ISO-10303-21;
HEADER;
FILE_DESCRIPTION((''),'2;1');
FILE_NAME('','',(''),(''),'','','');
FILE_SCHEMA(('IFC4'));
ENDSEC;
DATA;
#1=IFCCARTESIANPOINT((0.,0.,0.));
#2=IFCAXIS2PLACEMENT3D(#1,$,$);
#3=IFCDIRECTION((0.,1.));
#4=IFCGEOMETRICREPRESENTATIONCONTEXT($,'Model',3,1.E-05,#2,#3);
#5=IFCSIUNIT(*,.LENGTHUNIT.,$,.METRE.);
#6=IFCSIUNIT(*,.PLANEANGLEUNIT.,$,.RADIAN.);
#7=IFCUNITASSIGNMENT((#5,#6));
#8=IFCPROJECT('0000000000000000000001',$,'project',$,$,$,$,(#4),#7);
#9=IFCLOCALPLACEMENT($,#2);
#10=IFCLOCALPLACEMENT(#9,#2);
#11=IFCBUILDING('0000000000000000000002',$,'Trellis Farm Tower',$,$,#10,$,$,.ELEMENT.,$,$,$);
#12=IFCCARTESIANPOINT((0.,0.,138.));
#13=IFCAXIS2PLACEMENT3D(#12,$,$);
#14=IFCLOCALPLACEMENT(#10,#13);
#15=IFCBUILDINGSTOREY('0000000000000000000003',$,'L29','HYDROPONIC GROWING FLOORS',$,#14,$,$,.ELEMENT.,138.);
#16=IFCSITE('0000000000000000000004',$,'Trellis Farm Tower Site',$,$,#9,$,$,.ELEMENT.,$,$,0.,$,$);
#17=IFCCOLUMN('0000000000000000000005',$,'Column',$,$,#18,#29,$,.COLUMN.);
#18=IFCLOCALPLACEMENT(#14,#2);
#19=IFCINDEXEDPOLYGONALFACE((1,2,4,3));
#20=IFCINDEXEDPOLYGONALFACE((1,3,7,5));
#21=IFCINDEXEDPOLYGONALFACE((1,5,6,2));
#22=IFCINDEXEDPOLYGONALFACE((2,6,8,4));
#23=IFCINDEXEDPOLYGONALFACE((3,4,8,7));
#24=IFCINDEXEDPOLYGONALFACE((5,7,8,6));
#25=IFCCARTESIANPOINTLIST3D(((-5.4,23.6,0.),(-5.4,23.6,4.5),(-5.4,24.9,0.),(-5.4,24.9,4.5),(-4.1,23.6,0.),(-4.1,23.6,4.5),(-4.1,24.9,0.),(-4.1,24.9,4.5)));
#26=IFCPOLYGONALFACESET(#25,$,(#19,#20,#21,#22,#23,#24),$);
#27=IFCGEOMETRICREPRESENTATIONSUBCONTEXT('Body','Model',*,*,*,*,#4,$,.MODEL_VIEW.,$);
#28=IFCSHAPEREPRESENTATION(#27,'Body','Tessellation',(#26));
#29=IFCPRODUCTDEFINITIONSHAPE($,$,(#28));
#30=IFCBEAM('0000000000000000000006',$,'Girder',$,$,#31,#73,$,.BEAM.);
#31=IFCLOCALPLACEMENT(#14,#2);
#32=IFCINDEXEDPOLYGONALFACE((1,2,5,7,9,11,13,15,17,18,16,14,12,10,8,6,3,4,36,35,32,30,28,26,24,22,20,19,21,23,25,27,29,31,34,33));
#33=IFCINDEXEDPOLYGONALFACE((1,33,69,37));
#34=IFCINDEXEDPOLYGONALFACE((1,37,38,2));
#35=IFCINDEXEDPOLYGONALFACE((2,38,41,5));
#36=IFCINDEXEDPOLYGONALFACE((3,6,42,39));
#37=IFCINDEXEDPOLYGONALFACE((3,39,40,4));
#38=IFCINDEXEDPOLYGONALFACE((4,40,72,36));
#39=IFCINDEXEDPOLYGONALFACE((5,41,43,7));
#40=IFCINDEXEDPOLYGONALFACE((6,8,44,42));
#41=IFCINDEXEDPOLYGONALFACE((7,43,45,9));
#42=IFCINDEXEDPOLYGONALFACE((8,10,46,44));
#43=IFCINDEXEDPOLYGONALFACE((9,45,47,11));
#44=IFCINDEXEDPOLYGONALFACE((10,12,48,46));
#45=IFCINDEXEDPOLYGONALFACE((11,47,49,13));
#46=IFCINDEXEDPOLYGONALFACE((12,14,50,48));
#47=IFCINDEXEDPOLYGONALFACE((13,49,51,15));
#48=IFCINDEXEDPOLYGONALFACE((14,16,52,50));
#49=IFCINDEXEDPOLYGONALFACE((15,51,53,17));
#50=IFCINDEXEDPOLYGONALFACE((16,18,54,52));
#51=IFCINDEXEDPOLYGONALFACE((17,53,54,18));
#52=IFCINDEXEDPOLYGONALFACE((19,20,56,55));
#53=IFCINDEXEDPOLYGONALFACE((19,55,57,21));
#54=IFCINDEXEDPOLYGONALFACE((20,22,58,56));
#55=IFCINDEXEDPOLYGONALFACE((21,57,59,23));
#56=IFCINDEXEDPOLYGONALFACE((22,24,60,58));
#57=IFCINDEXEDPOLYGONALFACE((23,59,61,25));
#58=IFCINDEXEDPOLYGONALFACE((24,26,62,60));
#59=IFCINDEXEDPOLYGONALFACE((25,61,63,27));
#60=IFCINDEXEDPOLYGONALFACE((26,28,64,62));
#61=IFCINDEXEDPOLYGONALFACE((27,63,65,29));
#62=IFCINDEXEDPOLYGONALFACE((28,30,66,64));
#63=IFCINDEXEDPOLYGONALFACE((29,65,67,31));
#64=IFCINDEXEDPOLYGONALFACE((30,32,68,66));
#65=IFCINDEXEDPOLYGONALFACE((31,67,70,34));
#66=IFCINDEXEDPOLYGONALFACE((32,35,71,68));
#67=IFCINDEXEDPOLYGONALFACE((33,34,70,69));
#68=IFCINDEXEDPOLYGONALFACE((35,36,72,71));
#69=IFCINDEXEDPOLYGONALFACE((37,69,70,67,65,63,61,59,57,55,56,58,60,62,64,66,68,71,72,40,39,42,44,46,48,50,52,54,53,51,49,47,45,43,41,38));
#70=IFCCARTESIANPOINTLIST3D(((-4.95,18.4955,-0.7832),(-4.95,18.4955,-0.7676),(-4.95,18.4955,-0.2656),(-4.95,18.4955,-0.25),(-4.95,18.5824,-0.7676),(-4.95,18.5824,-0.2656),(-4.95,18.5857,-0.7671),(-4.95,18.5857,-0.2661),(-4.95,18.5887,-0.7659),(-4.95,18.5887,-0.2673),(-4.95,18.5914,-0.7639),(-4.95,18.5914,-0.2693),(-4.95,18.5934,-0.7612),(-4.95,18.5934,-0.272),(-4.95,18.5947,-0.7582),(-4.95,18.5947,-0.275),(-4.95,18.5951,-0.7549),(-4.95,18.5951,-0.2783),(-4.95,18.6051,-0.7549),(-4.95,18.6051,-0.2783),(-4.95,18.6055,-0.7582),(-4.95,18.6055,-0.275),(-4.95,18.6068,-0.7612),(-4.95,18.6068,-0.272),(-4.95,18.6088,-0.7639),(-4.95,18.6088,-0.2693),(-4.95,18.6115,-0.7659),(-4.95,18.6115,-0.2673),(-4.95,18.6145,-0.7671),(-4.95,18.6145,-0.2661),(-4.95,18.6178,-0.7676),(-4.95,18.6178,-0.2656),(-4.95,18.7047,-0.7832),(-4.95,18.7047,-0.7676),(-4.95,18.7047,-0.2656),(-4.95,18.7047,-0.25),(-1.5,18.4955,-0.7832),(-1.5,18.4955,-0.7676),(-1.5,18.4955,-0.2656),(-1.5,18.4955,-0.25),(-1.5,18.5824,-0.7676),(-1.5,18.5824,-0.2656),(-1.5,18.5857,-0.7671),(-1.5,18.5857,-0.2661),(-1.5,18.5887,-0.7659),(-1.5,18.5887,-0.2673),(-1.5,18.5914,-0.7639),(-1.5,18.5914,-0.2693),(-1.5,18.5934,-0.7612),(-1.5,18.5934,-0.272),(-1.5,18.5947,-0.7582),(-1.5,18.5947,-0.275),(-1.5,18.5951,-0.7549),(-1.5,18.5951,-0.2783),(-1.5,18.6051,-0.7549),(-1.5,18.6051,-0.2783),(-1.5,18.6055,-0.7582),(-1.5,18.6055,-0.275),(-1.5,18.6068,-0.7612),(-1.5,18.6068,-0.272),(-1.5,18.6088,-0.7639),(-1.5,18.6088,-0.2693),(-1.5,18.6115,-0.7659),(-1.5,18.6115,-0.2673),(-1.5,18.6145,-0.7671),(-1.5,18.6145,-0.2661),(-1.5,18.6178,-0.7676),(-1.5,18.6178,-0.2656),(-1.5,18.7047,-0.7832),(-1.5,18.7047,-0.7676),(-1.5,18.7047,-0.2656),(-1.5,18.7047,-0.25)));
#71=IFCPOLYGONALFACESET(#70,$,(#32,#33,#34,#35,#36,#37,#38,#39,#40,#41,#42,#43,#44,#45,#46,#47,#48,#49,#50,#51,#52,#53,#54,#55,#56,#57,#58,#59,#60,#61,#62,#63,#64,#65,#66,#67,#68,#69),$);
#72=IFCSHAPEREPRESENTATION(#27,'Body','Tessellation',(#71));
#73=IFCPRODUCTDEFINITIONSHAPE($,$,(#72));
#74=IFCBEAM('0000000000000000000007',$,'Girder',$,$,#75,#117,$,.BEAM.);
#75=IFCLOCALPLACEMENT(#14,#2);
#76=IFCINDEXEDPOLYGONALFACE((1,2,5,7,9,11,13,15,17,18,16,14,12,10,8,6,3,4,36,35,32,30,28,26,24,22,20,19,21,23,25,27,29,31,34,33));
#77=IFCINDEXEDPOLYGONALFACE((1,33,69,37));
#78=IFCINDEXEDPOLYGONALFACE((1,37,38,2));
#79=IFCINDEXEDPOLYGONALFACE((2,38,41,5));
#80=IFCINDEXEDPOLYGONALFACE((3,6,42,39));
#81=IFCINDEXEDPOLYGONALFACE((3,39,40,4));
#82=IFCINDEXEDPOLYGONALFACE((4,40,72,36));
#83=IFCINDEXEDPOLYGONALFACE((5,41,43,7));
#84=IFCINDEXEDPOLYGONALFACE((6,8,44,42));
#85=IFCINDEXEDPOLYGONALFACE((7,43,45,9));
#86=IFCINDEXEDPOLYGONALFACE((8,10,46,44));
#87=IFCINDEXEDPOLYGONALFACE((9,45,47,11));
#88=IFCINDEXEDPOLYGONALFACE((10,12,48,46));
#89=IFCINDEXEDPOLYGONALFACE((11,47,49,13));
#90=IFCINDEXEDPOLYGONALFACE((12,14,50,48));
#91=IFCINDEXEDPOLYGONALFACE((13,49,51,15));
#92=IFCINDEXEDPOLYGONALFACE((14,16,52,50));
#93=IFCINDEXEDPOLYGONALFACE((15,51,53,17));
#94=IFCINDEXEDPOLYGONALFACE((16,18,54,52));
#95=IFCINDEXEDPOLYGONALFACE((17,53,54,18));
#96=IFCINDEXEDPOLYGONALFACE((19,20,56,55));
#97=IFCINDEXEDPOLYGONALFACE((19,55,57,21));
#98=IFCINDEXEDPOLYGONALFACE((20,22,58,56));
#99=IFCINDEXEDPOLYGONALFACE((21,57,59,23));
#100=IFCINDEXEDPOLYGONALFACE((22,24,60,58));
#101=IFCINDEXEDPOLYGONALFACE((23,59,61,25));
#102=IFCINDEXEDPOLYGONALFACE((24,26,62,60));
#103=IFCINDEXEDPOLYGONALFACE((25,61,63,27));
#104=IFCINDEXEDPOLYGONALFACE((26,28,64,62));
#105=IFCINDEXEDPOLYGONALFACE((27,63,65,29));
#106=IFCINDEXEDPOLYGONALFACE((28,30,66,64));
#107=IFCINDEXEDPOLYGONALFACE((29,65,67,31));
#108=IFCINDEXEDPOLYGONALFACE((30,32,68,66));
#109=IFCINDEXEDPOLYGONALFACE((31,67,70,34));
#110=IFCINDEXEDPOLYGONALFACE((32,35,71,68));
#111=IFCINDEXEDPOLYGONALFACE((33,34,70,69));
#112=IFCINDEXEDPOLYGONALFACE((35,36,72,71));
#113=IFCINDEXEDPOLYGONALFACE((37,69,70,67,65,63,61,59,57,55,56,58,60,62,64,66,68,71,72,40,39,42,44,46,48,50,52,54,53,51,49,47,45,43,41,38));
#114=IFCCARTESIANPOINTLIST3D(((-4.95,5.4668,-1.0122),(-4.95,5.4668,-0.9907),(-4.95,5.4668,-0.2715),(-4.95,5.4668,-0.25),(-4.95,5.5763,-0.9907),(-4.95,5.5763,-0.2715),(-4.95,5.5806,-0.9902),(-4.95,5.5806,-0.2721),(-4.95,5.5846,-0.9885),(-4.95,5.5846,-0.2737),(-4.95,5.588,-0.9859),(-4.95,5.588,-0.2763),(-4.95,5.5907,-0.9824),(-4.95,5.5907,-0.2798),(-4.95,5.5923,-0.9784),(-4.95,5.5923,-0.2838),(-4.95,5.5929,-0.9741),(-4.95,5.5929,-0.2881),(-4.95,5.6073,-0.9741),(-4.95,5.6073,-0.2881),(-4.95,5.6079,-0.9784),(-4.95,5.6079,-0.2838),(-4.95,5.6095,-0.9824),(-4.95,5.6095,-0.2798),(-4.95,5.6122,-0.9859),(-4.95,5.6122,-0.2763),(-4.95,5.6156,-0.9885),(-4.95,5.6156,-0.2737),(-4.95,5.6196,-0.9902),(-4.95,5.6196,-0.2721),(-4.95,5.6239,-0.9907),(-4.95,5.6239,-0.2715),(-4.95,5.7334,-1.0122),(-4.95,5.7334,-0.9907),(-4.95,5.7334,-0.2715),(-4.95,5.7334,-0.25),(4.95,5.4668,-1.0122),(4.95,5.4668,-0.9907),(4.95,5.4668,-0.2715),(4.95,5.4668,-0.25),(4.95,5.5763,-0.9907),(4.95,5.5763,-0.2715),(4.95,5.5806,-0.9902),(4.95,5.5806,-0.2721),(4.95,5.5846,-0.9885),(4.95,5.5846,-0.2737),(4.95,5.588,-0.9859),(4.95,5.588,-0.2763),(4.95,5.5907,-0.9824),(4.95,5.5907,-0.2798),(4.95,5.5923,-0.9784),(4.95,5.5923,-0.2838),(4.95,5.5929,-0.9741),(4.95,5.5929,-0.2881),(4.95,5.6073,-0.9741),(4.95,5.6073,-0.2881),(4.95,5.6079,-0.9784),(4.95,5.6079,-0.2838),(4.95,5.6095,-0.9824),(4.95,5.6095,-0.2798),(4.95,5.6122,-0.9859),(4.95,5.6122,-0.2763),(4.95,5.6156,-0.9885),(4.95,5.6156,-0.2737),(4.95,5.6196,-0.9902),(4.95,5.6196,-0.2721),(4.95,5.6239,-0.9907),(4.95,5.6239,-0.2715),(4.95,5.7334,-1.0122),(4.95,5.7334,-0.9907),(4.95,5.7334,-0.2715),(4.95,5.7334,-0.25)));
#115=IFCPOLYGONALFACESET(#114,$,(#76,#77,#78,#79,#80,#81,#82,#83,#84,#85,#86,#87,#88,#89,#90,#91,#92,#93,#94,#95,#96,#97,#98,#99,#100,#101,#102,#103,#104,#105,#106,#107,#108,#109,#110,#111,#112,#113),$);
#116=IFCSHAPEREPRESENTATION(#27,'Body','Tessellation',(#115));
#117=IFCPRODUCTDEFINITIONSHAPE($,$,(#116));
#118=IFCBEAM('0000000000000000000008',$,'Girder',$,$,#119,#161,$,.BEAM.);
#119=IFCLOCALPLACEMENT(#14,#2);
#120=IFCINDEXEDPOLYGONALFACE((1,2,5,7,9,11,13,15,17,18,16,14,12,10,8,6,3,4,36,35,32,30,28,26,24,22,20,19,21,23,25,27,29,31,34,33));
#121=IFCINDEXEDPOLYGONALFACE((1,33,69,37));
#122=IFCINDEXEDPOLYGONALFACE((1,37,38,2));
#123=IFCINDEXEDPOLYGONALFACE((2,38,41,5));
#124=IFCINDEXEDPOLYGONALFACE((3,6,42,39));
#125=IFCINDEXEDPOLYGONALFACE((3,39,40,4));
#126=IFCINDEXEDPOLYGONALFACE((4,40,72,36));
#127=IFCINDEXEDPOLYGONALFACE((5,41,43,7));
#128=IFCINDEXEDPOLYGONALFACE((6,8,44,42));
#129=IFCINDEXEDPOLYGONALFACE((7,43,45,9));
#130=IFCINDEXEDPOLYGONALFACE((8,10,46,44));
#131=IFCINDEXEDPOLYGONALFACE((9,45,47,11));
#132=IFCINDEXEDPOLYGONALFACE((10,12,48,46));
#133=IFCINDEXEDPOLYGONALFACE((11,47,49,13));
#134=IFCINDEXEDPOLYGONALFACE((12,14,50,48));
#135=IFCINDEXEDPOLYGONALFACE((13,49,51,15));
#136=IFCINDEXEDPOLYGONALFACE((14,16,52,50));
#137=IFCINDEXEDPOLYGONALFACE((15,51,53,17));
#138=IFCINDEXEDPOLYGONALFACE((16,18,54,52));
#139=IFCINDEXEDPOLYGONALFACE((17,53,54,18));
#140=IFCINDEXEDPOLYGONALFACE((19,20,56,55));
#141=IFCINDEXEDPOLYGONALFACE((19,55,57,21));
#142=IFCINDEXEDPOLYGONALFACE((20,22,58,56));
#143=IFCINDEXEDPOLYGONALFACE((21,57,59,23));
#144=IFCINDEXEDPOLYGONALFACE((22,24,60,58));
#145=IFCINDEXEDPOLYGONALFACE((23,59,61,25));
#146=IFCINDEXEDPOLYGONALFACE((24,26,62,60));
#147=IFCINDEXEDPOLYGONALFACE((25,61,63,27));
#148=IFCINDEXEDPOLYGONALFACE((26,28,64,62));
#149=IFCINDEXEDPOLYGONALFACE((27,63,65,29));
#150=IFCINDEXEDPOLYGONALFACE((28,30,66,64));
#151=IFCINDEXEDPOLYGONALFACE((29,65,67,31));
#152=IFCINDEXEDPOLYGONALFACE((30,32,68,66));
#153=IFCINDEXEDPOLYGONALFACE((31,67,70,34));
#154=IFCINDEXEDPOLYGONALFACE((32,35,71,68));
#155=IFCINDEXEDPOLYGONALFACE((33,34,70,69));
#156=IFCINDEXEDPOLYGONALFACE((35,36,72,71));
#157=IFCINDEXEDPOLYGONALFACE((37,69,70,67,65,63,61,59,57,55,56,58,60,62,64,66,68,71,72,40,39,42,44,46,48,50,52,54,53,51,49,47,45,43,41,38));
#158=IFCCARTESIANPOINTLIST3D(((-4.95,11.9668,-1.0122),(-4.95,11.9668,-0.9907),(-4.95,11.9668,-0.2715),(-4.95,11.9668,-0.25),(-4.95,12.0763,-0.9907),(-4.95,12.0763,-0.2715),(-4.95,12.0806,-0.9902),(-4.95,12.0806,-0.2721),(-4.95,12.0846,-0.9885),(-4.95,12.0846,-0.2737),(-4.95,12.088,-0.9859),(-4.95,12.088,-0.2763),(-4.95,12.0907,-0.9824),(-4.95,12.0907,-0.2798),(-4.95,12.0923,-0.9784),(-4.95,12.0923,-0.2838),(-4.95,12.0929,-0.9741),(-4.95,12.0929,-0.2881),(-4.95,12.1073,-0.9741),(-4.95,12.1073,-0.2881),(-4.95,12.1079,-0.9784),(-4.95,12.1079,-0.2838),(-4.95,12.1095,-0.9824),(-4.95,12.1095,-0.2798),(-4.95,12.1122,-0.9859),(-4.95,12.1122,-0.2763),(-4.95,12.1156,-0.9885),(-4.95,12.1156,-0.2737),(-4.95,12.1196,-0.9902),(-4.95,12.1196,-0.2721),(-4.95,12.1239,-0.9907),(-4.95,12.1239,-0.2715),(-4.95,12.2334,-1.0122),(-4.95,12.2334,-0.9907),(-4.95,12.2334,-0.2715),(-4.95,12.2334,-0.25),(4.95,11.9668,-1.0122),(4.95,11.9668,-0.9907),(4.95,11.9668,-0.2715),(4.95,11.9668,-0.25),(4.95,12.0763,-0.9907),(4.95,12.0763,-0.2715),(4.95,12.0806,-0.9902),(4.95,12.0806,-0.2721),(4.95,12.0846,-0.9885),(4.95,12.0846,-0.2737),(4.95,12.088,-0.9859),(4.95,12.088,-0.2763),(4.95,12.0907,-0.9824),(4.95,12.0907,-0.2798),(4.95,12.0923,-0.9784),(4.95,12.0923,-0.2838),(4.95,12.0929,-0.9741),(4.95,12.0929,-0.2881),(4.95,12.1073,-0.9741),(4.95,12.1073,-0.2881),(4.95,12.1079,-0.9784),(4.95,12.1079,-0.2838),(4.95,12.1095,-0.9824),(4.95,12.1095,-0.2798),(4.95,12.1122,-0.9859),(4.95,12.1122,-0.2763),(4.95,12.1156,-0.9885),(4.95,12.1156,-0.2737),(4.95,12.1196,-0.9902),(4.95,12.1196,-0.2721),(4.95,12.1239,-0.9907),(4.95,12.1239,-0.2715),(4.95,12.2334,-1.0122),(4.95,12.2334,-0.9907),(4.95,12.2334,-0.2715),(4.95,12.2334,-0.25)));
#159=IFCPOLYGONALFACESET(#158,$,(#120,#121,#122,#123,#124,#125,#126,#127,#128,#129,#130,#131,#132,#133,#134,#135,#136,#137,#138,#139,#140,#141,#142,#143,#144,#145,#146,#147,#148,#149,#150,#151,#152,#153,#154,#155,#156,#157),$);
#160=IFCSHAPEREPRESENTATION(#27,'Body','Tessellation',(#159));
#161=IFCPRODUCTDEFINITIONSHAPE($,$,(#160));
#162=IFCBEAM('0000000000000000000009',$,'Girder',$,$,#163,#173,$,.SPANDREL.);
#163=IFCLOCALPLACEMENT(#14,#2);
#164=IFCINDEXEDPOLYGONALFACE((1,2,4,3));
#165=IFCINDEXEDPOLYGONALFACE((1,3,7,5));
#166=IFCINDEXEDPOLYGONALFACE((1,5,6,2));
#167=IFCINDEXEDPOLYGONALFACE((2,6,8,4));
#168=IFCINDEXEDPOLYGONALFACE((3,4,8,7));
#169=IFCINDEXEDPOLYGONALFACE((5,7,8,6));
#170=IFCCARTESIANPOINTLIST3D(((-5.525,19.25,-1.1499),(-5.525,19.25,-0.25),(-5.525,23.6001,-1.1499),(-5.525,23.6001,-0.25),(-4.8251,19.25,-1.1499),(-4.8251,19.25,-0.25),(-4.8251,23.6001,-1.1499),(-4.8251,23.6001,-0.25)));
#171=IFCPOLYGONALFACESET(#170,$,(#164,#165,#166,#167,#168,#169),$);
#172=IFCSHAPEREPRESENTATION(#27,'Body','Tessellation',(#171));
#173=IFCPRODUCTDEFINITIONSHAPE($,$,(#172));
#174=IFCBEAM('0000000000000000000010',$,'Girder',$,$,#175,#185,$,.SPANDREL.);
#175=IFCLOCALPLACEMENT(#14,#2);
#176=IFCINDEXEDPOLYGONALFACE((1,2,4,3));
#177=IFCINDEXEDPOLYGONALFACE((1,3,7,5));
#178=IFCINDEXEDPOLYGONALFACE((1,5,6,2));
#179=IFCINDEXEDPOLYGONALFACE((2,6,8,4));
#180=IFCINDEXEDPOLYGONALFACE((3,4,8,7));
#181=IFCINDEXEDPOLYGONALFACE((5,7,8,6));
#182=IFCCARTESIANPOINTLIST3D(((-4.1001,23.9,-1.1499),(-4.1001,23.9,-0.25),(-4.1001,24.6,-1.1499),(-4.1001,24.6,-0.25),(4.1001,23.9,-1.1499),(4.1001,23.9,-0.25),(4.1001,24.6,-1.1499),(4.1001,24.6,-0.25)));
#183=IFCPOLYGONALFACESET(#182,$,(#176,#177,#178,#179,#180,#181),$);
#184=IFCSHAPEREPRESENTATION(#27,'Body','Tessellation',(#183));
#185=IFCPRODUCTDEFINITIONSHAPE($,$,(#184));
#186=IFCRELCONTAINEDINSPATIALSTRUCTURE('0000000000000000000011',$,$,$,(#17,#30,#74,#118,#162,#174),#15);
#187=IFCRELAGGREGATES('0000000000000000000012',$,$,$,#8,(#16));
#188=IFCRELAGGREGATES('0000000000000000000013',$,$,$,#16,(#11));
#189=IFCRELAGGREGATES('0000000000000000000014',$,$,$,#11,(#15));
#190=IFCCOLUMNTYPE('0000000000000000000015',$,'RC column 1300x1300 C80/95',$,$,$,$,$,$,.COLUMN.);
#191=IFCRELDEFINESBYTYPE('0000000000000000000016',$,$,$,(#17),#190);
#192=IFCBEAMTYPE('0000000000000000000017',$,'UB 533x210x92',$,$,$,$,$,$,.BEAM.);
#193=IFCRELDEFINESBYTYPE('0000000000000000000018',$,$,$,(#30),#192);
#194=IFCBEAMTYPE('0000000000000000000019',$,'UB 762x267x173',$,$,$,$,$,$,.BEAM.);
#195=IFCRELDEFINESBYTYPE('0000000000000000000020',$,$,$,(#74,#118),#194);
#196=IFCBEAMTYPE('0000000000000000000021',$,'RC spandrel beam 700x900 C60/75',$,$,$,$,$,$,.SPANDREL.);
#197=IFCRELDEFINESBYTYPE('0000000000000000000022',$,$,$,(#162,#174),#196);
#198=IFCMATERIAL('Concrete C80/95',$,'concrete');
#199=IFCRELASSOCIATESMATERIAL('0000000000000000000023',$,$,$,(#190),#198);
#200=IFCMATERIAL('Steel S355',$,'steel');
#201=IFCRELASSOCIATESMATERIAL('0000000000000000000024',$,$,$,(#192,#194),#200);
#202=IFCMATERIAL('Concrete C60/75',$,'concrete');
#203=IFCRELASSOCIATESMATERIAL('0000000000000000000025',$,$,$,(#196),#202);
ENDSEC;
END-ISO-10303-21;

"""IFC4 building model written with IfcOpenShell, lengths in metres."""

from ifc_helpers import new_model, si_unit, direction, frame, origin, origin_2d, place, context, subcontext, project, spatial, rectangle, i_section, extrude, source, transform, mapped, material, material_profile, profile_set, type_object, element, save


model = new_model("IFC4")

# Units and contexts
model_context = context("Model", 3, precision=1e-05, world=origin(), true_north=direction((0.0, 1.0)))
body_context = subcontext(model_context, "Body", "Model", "MODEL_VIEW")
ifc_project = project(units=[si_unit("LENGTHUNIT", "METRE"), si_unit("PLANEANGLEUNIT", "RADIAN")], contexts=[model_context])

# Site, building, storey
site_placement = place(None, origin())
site = spatial("IfcSite", under=ifc_project, at=site_placement, Name="Trellis Farm Tower Site", CompositionType="ELEMENT", RefElevation=0.0)
building_placement = place(site_placement, origin())
building = spatial("IfcBuilding", under=site, at=building_placement, Name="Trellis Farm Tower", CompositionType="ELEMENT")
storey_placement = place(building_placement, frame((0.0, 0.0, 138.0)))
storey = spatial("IfcBuildingStorey", under=building, at=storey_placement, Name="L29", Description="HYDROPONIC GROWING FLOORS", CompositionType="ELEMENT", Elevation=138.0)

# Column
ifc_material_1 = material(Name="Concrete C80/95", Category="concrete")
ifc_material_profile_1 = material_profile(ifc_material_1, rectangle(XDim=1.3, YDim=1.3, at=origin_2d()), Name="RC column 1300x1300 C80/95")
ifc_profile_set_1 = profile_set([ifc_material_profile_1], Name="Concrete C80/95")
column_type = type_object("IfcColumnType", Name="RC column 1300x1300 C80/95", PredefinedType="COLUMN", material=ifc_profile_set_1)
shared_shape_1 = source(origin(), body_context, "Body", "SweptSolid", [
    extrude(rectangle(XDim=1.3, YDim=1.3, at=origin_2d()), origin(), (0.0, 0.0, 1.0), 4.5),
])
column_placement = place(storey_placement, frame((-4.75, 24.25, 0.0), z_axis=(0.0, 0.0, 1.0), x_axis=(1.0, 0.0, 0.0)))
element("IfcColumn", 1, at=column_placement, inside=storey, type_object=column_type, Name="Column", PredefinedType="COLUMN", context=body_context, shape_type="MappedRepresentation", body=[
    mapped(shared_shape_1, transform((0.0, 0.0, 0.0))),
])

# Beams
ifc_material_2 = material(Name="Steel S355", Category="steel")
ifc_material_profile_2 = material_profile(ifc_material_2, i_section(OverallWidth=0.2092, OverallDepth=0.5332, WebThickness=0.01, FlangeThickness=0.0156, FilletRadius=0.0127, at=origin_2d()), Name="UB 533x210x92")
ifc_profile_set_2 = profile_set([ifc_material_profile_2], Name="Steel S355")
beam_type_1 = type_object("IfcBeamType", Name="UB 533x210x92", PredefinedType="BEAM", material=ifc_profile_set_2)
shared_shape_2 = source(origin(), body_context, "Body", "SweptSolid", [
    extrude(i_section(OverallWidth=0.2092, OverallDepth=0.5332, WebThickness=0.01, FlangeThickness=0.0156, FilletRadius=0.0127, at=origin_2d()), origin(), (0.0, 0.0, 1.0), 3.45),
])
beam_1_placement = place(storey_placement, frame((-4.95, 18.6001, -0.5166), z_axis=(1.0, 0.0, 0.0), x_axis=(0.0, 1.0, 0.0)))
element("IfcBeam", 2, at=beam_1_placement, inside=storey, type_object=beam_type_1, Name="Girder", PredefinedType="BEAM", context=body_context, shape_type="MappedRepresentation", body=[
    mapped(shared_shape_2, transform((0.0, 0.0, 0.0))),
])
ifc_material_profile_3 = material_profile(ifc_material_2, i_section(OverallWidth=0.2666, OverallDepth=0.7622, WebThickness=0.0144, FlangeThickness=0.0215, FilletRadius=0.0166, at=origin_2d()), Name="UB 762x267x173")
ifc_profile_set_3 = profile_set([ifc_material_profile_3], Name="Steel S355")
beam_type_2 = type_object("IfcBeamType", Name="UB 762x267x173", PredefinedType="BEAM", material=ifc_profile_set_3)
shared_shape_3 = source(origin(), body_context, "Body", "SweptSolid", [
    extrude(i_section(OverallWidth=0.2666, OverallDepth=0.7622, WebThickness=0.0144, FlangeThickness=0.0215, FilletRadius=0.0166, at=origin_2d()), origin(), (0.0, 0.0, 1.0), 9.8999),
])
for number, where, z_axis, x_axis, name in (
    (3, (-4.95, 5.6001, -0.6311), (1.0, 0.0, 0.0), (0.0, 1.0, 0.0), "Girder"),
    (4, (-4.95, 12.1001, -0.6311), (1.0, 0.0, 0.0), (0.0, 1.0, 0.0), "Girder"),
):
    element("IfcBeam", number, at=place(storey_placement, frame(where, z_axis=z_axis, x_axis=x_axis)), inside=storey, type_object=beam_type_2, Name=name, PredefinedType="BEAM", context=body_context, shape_type="MappedRepresentation", body=[
        mapped(shared_shape_3, transform((0.0, 0.0, 0.0))),
    ])
ifc_material_3 = material(Name="Concrete C60/75", Category="concrete")
ifc_material_profile_4 = material_profile(ifc_material_3, rectangle(XDim=0.7, YDim=0.8999, at=origin_2d()), Name="RC spandrel beam 700x900 C60/75")
ifc_profile_set_4 = profile_set([ifc_material_profile_4], Name="Concrete C60/75")
beam_type_3 = type_object("IfcBeamType", Name="RC spandrel beam 700x900 C60/75", PredefinedType="SPANDREL", material=ifc_profile_set_4)
shared_shape_4 = source(origin(), body_context, "Body", "SweptSolid", [
    extrude(rectangle(XDim=0.7, YDim=0.8999, at=origin_2d()), origin(), (0.0, 0.0, 1.0), 4.3501),
])
beam_2_placement = place(storey_placement, frame((-5.175, 19.25, -0.7), z_axis=(0.0, 1.0, 0.0), x_axis=(-1.0, 0.0, 0.0)))
element("IfcBeam", 5, at=beam_2_placement, inside=storey, type_object=beam_type_3, Name="Girder", PredefinedType="SPANDREL", context=body_context, shape_type="MappedRepresentation", body=[
    mapped(shared_shape_4, transform((0.0, 0.0, 0.0))),
])
shared_shape_5 = source(origin(), body_context, "Body", "SweptSolid", [
    extrude(rectangle(XDim=0.7, YDim=0.8999, at=origin_2d()), origin(), (0.0, 0.0, 1.0), 8.2002),
])
beam_3_placement = place(storey_placement, frame((-4.1001, 24.25, -0.7), z_axis=(1.0, 0.0, 0.0), x_axis=(0.0, 1.0, 0.0)))
element("IfcBeam", 6, at=beam_3_placement, inside=storey, type_object=beam_type_3, Name="Girder", PredefinedType="SPANDREL", context=body_context, shape_type="MappedRepresentation", body=[
    mapped(shared_shape_5, transform((0.0, 0.0, 0.0))),
])

save(model, "model.ifc")
